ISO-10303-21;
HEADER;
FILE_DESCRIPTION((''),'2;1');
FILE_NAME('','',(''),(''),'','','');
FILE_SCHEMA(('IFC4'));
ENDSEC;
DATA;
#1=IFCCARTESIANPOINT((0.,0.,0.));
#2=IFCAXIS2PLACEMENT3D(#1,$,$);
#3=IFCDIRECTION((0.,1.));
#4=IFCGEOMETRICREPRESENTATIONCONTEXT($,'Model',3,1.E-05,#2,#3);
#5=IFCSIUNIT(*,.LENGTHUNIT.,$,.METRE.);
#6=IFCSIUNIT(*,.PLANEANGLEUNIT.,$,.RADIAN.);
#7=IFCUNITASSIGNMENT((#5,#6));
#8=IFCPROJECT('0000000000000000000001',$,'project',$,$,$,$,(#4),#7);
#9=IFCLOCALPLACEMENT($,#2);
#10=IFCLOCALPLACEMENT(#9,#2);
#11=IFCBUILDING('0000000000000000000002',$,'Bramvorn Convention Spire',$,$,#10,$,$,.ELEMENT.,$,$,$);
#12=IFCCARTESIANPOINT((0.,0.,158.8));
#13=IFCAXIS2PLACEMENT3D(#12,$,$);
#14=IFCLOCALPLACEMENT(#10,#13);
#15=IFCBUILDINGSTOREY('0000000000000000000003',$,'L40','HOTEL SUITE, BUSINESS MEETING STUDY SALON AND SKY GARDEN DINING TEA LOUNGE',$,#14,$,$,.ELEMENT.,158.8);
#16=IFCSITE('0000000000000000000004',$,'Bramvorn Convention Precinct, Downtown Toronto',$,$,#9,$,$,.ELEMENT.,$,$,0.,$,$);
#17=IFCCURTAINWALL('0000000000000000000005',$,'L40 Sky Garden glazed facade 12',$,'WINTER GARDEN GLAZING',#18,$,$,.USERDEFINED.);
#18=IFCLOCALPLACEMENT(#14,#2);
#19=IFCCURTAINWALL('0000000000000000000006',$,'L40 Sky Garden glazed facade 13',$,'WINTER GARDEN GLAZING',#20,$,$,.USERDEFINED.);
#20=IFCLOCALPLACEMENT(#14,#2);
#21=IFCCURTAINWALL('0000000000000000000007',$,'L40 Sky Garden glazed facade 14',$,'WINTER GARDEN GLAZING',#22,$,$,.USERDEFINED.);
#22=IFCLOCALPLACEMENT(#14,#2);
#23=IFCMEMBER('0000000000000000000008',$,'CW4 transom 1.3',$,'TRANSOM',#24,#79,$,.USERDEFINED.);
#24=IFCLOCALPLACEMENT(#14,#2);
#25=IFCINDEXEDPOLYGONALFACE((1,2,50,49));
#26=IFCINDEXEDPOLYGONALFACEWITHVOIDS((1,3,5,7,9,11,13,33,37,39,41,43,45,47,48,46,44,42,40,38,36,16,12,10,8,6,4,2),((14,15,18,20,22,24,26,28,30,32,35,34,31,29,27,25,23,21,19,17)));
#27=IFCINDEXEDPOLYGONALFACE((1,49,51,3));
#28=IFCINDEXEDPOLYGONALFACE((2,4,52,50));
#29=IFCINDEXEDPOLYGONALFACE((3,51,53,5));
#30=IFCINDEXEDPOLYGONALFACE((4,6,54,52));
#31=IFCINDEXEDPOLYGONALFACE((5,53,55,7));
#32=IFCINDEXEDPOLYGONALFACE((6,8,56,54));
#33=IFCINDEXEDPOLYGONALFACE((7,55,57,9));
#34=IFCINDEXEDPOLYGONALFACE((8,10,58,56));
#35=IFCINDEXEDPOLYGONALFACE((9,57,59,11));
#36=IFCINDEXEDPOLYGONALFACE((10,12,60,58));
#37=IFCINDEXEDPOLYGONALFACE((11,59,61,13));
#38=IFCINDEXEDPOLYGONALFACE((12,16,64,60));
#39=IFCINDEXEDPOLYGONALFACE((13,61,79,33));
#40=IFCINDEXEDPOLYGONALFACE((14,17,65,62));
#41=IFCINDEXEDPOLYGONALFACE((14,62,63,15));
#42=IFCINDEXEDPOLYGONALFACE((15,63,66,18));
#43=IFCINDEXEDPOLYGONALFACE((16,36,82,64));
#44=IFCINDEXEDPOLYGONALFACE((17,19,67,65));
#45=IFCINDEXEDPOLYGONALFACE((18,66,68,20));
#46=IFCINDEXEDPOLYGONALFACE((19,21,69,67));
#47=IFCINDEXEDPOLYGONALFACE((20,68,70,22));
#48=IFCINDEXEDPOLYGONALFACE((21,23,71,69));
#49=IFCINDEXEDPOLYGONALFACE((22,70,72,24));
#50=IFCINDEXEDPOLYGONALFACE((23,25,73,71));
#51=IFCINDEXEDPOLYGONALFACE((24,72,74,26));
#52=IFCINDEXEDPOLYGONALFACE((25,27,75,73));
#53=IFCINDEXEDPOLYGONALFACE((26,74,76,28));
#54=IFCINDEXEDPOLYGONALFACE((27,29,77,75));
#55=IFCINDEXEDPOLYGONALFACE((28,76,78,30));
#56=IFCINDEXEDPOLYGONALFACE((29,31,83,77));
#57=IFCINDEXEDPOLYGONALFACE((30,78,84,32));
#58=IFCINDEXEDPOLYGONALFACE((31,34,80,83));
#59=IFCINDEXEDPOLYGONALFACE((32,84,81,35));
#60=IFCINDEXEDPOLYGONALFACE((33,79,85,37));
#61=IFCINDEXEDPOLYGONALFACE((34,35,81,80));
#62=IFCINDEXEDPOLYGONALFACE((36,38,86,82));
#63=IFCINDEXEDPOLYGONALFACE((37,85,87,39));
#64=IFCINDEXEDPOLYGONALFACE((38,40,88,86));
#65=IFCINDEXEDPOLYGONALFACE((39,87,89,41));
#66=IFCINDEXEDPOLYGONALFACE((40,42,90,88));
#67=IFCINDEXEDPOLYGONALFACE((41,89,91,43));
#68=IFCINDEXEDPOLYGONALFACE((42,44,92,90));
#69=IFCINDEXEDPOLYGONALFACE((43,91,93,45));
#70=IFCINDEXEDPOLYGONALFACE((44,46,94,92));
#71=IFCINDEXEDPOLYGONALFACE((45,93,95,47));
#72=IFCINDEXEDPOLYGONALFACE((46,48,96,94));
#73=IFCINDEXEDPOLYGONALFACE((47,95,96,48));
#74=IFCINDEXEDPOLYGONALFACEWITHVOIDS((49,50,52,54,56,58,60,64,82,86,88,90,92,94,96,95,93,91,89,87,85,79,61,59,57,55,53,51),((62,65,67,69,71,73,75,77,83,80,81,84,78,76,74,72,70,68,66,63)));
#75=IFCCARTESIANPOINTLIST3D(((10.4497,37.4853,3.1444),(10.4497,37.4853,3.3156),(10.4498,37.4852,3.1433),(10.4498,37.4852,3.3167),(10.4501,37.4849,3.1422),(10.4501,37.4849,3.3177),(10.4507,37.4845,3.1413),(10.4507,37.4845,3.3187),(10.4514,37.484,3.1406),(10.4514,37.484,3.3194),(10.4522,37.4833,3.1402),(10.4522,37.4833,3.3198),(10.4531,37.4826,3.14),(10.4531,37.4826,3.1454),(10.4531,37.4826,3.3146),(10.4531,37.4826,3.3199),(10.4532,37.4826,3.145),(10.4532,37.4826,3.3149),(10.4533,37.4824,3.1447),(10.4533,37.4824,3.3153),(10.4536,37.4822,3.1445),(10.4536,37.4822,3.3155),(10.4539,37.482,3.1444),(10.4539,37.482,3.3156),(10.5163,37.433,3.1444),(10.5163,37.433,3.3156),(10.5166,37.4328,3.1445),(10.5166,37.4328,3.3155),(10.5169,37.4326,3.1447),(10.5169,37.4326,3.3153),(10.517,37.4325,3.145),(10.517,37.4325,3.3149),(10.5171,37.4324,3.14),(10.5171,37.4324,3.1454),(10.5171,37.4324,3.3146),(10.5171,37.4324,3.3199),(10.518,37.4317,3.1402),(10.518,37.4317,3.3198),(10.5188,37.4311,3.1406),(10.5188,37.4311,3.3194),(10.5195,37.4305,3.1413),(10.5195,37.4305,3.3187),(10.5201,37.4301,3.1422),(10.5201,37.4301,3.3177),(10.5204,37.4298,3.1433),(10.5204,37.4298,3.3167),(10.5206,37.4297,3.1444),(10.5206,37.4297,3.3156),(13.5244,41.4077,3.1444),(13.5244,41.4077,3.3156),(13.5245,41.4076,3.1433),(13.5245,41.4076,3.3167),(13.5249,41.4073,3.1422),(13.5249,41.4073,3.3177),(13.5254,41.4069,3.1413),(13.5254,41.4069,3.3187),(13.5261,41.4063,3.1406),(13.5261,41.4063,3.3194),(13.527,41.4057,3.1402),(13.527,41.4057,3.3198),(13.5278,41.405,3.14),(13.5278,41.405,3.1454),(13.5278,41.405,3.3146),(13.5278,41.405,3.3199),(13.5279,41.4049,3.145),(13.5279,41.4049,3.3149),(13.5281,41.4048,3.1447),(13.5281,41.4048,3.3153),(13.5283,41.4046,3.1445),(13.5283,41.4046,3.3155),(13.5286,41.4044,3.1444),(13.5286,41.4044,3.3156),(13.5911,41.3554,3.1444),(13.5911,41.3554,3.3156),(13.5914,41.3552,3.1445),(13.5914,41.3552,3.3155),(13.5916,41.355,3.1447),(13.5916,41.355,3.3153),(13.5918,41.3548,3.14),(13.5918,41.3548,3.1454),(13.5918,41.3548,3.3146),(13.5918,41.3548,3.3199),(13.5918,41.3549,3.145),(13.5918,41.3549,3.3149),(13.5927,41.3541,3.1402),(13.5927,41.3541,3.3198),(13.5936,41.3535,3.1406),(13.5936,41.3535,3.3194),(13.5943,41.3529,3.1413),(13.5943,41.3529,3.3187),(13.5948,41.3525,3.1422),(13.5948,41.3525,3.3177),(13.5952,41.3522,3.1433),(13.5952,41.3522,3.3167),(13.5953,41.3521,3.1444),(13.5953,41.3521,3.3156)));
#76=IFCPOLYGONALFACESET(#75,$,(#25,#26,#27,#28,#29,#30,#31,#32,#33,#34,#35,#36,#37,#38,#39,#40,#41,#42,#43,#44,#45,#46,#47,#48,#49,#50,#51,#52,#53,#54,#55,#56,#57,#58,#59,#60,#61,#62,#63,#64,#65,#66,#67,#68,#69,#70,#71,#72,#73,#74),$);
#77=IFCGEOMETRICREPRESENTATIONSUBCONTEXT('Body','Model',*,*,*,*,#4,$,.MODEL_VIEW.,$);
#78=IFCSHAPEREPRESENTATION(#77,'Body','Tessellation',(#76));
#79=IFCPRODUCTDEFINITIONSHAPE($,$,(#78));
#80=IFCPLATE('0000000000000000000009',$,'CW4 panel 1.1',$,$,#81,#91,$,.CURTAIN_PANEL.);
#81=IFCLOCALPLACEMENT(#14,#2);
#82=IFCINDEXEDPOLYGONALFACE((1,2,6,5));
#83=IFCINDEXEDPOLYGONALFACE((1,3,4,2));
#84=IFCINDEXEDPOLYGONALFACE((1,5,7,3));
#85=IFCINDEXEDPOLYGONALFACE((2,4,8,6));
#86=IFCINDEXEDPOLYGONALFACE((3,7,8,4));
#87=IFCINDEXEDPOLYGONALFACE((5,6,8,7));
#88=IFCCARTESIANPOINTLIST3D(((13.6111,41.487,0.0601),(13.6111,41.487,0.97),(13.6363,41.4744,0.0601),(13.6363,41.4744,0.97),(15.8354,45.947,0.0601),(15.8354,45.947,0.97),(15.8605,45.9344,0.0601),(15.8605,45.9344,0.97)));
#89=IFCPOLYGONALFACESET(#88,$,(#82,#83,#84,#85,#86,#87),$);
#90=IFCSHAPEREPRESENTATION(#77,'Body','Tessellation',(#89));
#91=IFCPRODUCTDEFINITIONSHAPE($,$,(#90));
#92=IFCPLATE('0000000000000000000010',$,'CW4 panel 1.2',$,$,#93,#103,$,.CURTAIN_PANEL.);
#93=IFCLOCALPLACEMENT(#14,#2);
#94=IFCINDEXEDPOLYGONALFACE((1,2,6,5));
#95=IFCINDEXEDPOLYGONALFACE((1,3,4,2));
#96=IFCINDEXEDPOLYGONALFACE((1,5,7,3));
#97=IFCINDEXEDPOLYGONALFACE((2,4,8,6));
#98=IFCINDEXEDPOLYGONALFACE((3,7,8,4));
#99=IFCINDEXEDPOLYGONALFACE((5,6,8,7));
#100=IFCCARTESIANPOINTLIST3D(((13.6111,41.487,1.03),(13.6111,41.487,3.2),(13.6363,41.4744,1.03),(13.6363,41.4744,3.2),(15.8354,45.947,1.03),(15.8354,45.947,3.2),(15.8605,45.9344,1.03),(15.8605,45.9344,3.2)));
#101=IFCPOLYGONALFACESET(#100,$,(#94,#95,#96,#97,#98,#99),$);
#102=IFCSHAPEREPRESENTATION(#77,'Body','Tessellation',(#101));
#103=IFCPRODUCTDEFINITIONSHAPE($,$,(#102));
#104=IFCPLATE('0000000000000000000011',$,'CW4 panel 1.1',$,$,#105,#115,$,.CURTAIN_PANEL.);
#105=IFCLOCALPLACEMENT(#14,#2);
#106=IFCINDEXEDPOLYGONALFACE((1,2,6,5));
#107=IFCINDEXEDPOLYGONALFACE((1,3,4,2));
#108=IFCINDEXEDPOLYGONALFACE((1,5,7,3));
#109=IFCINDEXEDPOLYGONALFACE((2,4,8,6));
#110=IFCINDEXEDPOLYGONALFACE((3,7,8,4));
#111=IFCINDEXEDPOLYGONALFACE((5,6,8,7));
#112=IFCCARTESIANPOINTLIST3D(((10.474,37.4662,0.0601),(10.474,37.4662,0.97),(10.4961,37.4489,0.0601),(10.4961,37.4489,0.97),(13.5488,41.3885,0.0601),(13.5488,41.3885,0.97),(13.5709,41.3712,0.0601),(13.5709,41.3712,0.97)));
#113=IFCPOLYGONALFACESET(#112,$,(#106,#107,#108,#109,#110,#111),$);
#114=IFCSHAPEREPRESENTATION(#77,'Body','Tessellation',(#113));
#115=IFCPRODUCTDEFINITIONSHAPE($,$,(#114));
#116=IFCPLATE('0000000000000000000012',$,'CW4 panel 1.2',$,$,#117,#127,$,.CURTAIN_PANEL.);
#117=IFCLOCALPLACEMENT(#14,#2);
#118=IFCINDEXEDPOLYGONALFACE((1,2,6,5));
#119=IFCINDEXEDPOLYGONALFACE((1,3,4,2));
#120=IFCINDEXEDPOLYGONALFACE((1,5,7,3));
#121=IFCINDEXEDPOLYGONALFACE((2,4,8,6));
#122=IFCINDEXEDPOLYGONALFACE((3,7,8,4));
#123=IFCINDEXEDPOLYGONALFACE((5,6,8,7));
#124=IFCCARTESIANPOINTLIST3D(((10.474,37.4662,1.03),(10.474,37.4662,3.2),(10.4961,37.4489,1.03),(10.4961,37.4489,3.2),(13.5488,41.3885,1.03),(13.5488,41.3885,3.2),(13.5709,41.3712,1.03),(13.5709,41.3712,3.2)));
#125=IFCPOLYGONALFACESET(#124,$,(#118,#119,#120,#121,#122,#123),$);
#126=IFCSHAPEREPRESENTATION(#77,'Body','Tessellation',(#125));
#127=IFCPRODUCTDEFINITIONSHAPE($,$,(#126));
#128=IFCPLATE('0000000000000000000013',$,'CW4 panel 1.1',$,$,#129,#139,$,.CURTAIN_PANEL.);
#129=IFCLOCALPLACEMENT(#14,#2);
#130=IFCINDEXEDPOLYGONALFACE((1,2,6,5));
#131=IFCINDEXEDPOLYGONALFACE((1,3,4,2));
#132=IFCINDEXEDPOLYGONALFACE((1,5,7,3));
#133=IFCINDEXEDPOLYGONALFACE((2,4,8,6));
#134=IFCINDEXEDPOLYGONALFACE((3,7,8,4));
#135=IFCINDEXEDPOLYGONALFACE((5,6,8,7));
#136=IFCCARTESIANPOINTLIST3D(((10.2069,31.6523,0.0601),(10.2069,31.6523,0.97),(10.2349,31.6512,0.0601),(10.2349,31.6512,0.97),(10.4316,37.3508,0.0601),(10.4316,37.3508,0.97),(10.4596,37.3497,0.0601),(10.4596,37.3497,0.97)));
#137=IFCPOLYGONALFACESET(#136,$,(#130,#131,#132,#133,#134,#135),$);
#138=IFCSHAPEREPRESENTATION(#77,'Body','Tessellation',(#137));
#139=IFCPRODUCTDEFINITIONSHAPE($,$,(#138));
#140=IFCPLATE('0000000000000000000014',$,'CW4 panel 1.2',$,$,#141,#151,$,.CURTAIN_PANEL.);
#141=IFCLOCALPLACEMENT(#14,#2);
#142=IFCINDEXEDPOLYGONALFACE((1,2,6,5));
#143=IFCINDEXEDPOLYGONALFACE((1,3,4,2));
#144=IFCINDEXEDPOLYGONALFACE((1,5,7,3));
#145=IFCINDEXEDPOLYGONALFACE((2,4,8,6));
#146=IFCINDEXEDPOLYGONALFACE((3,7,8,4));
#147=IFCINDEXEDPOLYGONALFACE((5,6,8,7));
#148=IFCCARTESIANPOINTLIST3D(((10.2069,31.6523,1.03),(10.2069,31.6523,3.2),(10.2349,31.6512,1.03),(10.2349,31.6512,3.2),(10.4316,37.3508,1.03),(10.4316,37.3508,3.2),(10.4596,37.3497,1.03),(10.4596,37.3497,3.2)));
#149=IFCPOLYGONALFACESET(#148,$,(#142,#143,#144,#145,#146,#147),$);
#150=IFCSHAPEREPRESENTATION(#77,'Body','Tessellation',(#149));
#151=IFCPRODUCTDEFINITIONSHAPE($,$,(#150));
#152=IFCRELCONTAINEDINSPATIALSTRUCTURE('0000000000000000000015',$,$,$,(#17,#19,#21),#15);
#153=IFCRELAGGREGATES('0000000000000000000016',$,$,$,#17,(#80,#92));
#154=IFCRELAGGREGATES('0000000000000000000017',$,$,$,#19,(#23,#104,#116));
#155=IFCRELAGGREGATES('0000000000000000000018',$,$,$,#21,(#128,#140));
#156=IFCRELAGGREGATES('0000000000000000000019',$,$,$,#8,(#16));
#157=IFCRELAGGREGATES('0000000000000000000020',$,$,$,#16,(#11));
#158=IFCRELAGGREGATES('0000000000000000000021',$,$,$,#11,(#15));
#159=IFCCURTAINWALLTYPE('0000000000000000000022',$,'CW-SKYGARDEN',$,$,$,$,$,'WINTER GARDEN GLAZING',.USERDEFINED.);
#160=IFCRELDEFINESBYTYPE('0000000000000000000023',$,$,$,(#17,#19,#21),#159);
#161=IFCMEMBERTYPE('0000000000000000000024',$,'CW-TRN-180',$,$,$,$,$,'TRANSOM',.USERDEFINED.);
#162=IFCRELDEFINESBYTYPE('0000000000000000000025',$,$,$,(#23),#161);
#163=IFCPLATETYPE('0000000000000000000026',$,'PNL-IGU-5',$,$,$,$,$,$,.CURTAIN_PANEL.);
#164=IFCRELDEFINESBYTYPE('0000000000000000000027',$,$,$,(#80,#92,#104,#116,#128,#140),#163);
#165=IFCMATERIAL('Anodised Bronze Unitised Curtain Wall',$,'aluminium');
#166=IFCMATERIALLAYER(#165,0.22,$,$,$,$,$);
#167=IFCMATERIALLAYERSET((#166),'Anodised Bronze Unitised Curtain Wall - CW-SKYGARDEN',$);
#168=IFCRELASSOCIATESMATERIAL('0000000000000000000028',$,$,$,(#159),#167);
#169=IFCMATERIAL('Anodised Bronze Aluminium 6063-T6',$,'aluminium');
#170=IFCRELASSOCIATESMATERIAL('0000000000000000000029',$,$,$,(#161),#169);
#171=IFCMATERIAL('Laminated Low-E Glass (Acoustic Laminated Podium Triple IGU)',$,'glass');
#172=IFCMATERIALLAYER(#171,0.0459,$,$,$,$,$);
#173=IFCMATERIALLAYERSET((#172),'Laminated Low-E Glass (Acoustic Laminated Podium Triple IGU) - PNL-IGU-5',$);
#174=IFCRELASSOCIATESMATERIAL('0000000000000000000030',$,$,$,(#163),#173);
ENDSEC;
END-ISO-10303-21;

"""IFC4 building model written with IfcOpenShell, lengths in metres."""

from ifc_helpers import new_model, si_unit, direction, frame, origin, origin_2d, place, context, subcontext, project, spatial, rectangle, hollow_rectangle, extrude, material, layer, layer_set, material_profile, profile_set, type_object, element, aggregate, save


model = new_model("IFC4")

# Units and contexts
model_context = context("Model", 3, precision=1e-05, world=origin(), true_north=direction((0.0, 1.0)))
body_context = subcontext(model_context, "Body", "Model", "MODEL_VIEW")
ifc_project = project(units=[si_unit("LENGTHUNIT", "METRE"), si_unit("PLANEANGLEUNIT", "RADIAN")], contexts=[model_context])

# Site, building, storey
site_placement = place(None, origin())
site = spatial("IfcSite", under=ifc_project, at=site_placement, Name="Bramvorn Convention Precinct, Downtown Toronto", CompositionType="ELEMENT", RefElevation=0.0)
building_placement = place(site_placement, origin())
building = spatial("IfcBuilding", under=site, at=building_placement, Name="Bramvorn Convention Spire", CompositionType="ELEMENT")
storey_placement = place(building_placement, frame((0.0, 0.0, 158.8)))
storey = spatial("IfcBuildingStorey", under=building, at=storey_placement, Name="L40", Description="HOTEL SUITE, BUSINESS MEETING STUDY SALON AND SKY GARDEN DINING TEA LOUNGE", CompositionType="ELEMENT", Elevation=158.8)

# Curtain wall
ifc_material_1 = material(Name="Anodised Bronze Unitised Curtain Wall", Category="aluminium")
ifc_layer_1 = layer(ifc_material_1, 0.22)
ifc_layer_set_1 = layer_set([ifc_layer_1], Name="Anodised Bronze Unitised Curtain Wall - CW-SKYGARDEN")
curtain_wall_type = type_object("IfcCurtainWallType", Name="CW-SKYGARDEN", ElementType="WINTER GARDEN GLAZING", PredefinedType="USERDEFINED", material=ifc_layer_set_1)
curtain_wall_1_placement = place(storey_placement, origin())
curtain_wall_1 = element("IfcCurtainWall", 1, at=curtain_wall_1_placement, inside=storey, type_object=curtain_wall_type, Name="L40 Sky Garden glazed facade 12", ObjectType="WINTER GARDEN GLAZING", PredefinedType="USERDEFINED")
ifc_material_2 = material(Name="Anodised Bronze Aluminium 6063-T6", Category="aluminium")

# Curtain wall
curtain_wall_2_placement = place(storey_placement, origin())
curtain_wall_2 = element("IfcCurtainWall", 2, at=curtain_wall_2_placement, inside=storey, type_object=curtain_wall_type, Name="L40 Sky Garden glazed facade 13", ObjectType="WINTER GARDEN GLAZING", PredefinedType="USERDEFINED")

# Curtain wall
curtain_wall_3_placement = place(storey_placement, origin())
curtain_wall_3 = element("IfcCurtainWall", 3, at=curtain_wall_3_placement, inside=storey, type_object=curtain_wall_type, Name="L40 Sky Garden glazed facade 14", ObjectType="WINTER GARDEN GLAZING", PredefinedType="USERDEFINED")

# Member
ifc_material_profile_1 = material_profile(ifc_material_2, hollow_rectangle(XDim=0.0901, YDim=0.1799, WallThickness=0.0044, InnerFilletRadius=0.001, OuterFilletRadius=0.0044, at=origin_2d()))
ifc_profile_set_1 = profile_set([ifc_material_profile_1], Name="Anodised Bronze Aluminium 6063-T6 - CWT90X180")
member_type_1 = type_object("IfcMemberType", Name="CW-TRN-180", ElementType="TRANSOM", PredefinedType="USERDEFINED", material=ifc_profile_set_1)
member_1_placement = place(storey_placement, frame((10.4851, 37.4575, 3.23), z_axis=(0.616934, 0.787015, 0.0), x_axis=(-0.787015, 0.616934, 0.0)))
member_1 = element("IfcMember", 4, at=member_1_placement, type_object=member_type_1, Name="CW4 transom 1.3", ObjectType="TRANSOM", PredefinedType="USERDEFINED", context=body_context, shape_type="SweptSolid", body=[
    extrude(hollow_rectangle(XDim=0.0901, YDim=0.1799, WallThickness=0.0044, InnerFilletRadius=0.001, OuterFilletRadius=0.0044, at=origin_2d()), origin(), (0.0, 0.0, 1.0), 4.9839),
])

# Plates
ifc_material_3 = material(Name="Laminated Low-E Glass (Acoustic Laminated Podium Triple IGU)", Category="glass")
ifc_layer_2 = layer(ifc_material_3, 0.0459)
ifc_layer_set_2 = layer_set([ifc_layer_2], Name="Laminated Low-E Glass (Acoustic Laminated Podium Triple IGU) - PNL-IGU-5")
plate_type = type_object("IfcPlateType", Name="PNL-IGU-5", PredefinedType="CURTAIN_PANEL", material=ifc_layer_set_2)
plate_1_placement = place(storey_placement, frame((14.7358, 43.7107, 0.0601), z_axis=(0.0, 0.0, 1.0), x_axis=(0.446296, 0.894885, 0.0)))
plate_1 = element("IfcPlate", 5, at=plate_1_placement, type_object=plate_type, Name="CW4 panel 1.1", PredefinedType="CURTAIN_PANEL", context=body_context, shape_type="SweptSolid", body=[
    extrude(rectangle(XDim=4.9839, YDim=0.0281, at=origin_2d()), origin(), (0.0, 0.0, 1.0), 0.9099),
])
plate_2_placement = place(storey_placement, frame((14.7358, 43.7107, 1.03), z_axis=(0.0, 0.0, 1.0), x_axis=(0.446296, 0.894885, 0.0)))
plate_2 = element("IfcPlate", 6, at=plate_2_placement, type_object=plate_type, Name="CW4 panel 1.2", PredefinedType="CURTAIN_PANEL", context=body_context, shape_type="SweptSolid", body=[
    extrude(rectangle(XDim=4.9839, YDim=0.0281, at=origin_2d()), origin(), (0.0, 0.0, 1.0), 2.1699),
])
aggregate(curtain_wall_1, [plate_1, plate_2])
plate_3_placement = place(storey_placement, frame((12.0225, 39.4187, 0.0601), z_axis=(0.0, 0.0, 1.0), x_axis=(0.616954, 0.786999, 0.0)))
plate_3 = element("IfcPlate", 7, at=plate_3_placement, type_object=plate_type, Name="CW4 panel 1.1", PredefinedType="CURTAIN_PANEL", context=body_context, shape_type="SweptSolid", body=[
    extrude(rectangle(XDim=4.9839, YDim=0.0281, at=origin_2d()), origin(), (0.0, 0.0, 1.0), 0.9099),
])
plate_4_placement = place(storey_placement, frame((12.0225, 39.4187, 1.03), z_axis=(0.0, 0.0, 1.0), x_axis=(0.616954, 0.786999, 0.0)))
plate_4 = element("IfcPlate", 8, at=plate_4_placement, type_object=plate_type, Name="CW4 panel 1.2", PredefinedType="CURTAIN_PANEL", context=body_context, shape_type="SweptSolid", body=[
    extrude(rectangle(XDim=4.9839, YDim=0.0281, at=origin_2d()), origin(), (0.0, 0.0, 1.0), 2.1699),
])
aggregate(curtain_wall_2, [member_1, plate_3, plate_4])
plate_5_placement = place(storey_placement, frame((10.3333, 34.501, 0.0601), z_axis=(0.0, 0.0, 1.0), x_axis=(0.039397, 0.999224, 0.0)))
plate_5 = element("IfcPlate", 9, at=plate_5_placement, type_object=plate_type, Name="CW4 panel 1.1", PredefinedType="CURTAIN_PANEL", context=body_context, shape_type="SweptSolid", body=[
    extrude(rectangle(XDim=5.7029, YDim=0.0281, at=origin_2d()), origin(), (0.0, 0.0, 1.0), 0.9099),
])
plate_6_placement = place(storey_placement, frame((10.3333, 34.501, 1.03), z_axis=(0.0, 0.0, 1.0), x_axis=(0.039397, 0.999224, 0.0)))
plate_6 = element("IfcPlate", 10, at=plate_6_placement, type_object=plate_type, Name="CW4 panel 1.2", PredefinedType="CURTAIN_PANEL", context=body_context, shape_type="SweptSolid", body=[
    extrude(rectangle(XDim=5.7029, YDim=0.0281, at=origin_2d()), origin(), (0.0, 0.0, 1.0), 2.1699),
])
aggregate(curtain_wall_3, [plate_5, plate_6])

save(model, "model.ifc")
